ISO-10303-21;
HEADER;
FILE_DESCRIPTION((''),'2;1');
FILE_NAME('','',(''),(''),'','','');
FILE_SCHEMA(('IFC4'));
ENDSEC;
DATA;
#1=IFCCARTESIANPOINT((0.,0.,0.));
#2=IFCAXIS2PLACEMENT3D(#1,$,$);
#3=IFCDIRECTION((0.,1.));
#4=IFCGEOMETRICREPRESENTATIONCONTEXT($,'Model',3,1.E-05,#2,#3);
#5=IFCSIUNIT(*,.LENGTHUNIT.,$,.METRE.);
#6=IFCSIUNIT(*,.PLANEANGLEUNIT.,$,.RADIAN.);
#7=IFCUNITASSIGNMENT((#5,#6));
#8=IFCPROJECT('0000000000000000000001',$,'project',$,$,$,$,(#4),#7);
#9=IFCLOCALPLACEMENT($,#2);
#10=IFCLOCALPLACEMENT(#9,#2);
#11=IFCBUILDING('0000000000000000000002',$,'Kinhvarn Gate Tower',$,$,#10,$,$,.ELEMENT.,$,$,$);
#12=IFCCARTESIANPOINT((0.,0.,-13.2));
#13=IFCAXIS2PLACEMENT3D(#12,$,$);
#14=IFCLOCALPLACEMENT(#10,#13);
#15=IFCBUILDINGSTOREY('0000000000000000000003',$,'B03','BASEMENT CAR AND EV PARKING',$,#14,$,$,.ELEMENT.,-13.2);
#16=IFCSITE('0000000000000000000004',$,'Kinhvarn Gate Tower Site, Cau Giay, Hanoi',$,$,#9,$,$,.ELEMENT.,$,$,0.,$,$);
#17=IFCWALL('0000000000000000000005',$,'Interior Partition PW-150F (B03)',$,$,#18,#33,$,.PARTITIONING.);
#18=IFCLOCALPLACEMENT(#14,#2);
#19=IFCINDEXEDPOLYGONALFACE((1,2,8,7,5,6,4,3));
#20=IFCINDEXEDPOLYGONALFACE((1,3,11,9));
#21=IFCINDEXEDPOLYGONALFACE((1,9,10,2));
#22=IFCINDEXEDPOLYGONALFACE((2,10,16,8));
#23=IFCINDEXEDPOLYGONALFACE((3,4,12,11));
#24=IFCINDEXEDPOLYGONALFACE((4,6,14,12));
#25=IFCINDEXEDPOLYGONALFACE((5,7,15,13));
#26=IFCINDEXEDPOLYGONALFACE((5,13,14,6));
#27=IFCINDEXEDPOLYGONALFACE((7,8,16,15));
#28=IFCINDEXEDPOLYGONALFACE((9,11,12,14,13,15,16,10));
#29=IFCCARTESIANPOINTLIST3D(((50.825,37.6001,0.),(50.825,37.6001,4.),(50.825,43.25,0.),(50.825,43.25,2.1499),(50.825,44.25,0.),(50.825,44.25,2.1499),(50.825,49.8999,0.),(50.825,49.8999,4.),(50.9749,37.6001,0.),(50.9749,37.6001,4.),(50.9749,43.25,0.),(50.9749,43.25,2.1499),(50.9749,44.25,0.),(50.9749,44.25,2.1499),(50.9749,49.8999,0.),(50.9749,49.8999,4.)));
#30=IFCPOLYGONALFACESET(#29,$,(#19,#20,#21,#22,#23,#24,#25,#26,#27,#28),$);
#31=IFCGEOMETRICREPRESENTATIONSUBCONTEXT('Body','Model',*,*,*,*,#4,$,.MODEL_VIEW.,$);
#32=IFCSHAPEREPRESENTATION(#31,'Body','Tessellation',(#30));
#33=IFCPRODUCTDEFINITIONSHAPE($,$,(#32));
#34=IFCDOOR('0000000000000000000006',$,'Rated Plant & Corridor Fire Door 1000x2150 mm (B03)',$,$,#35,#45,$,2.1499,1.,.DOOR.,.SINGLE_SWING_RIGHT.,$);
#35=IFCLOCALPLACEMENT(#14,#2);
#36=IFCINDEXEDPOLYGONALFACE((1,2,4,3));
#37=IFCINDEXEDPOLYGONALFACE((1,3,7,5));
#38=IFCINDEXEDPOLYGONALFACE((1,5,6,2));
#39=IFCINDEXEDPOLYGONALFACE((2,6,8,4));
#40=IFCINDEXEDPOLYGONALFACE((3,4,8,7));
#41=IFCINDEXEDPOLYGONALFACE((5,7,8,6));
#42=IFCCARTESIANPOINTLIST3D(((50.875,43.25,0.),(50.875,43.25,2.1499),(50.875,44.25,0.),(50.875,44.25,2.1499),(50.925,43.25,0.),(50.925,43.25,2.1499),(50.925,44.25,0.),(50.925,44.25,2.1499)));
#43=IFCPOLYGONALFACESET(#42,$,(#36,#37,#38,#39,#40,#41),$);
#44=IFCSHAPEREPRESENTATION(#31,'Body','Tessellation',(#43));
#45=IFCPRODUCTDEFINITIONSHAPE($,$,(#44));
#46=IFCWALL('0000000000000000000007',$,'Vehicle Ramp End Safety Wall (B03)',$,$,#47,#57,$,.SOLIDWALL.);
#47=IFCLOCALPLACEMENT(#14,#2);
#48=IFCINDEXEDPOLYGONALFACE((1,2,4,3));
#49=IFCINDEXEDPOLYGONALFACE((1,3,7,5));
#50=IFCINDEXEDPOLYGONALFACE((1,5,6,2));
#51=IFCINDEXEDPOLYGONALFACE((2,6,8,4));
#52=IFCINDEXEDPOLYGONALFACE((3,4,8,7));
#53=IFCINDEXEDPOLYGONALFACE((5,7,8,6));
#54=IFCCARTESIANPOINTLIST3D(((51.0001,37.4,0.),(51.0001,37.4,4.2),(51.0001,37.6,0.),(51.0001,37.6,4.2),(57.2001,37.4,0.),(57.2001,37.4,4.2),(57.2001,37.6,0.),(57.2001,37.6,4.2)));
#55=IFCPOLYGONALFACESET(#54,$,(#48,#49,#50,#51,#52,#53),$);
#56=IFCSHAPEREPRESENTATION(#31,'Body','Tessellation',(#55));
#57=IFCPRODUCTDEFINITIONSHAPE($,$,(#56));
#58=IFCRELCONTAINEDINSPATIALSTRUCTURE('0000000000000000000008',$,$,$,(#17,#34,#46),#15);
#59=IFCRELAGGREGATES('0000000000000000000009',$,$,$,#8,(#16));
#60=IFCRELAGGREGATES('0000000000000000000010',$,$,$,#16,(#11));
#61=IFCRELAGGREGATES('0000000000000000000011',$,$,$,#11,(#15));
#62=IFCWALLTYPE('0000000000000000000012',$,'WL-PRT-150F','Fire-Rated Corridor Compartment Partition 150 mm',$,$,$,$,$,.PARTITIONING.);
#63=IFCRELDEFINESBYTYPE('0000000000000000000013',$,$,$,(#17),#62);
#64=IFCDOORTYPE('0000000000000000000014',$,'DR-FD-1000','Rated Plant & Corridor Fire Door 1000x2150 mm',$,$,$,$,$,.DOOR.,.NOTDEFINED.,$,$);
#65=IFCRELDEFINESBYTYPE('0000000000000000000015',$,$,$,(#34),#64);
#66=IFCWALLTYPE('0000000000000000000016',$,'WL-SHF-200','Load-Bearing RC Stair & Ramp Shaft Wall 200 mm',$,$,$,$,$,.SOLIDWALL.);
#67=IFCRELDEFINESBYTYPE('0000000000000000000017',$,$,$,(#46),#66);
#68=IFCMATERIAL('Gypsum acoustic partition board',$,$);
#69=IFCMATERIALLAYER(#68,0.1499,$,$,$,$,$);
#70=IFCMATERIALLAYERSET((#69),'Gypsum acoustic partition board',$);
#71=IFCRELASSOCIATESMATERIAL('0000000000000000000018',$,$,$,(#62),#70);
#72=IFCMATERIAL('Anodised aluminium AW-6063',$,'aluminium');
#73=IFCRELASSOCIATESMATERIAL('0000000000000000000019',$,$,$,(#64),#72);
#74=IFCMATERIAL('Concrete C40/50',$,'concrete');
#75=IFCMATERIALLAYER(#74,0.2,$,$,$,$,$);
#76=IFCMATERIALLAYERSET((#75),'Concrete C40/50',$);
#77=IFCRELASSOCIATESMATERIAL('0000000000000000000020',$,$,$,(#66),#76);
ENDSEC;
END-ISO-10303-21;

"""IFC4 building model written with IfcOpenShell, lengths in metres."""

from ifc_helpers import new_model, si_unit, direction, frame, frame_2d, origin, place, context, subcontext, project, spatial, rectangle, extrude, material, layer, layer_set, type_object, element, fill, save


model = new_model("IFC4")

# Units and contexts
model_context = context("Model", 3, precision=1e-05, world=origin(), true_north=direction((0.0, 1.0)))
body_context = subcontext(model_context, "Body", "Model", "MODEL_VIEW")
ifc_project = project(units=[si_unit("LENGTHUNIT", "METRE"), si_unit("PLANEANGLEUNIT", "RADIAN")], contexts=[model_context])

# Site, building, storey
site_placement = place(None, origin())
site = spatial("IfcSite", under=ifc_project, at=site_placement, Name="Kinhvarn Gate Tower Site, Cau Giay, Hanoi", CompositionType="ELEMENT", RefElevation=0.0)
building_placement = place(site_placement, origin())
building = spatial("IfcBuilding", under=site, at=building_placement, Name="Kinhvarn Gate Tower", CompositionType="ELEMENT")
storey_placement = place(building_placement, frame((0.0, 0.0, -13.2)))
storey = spatial("IfcBuildingStorey", under=building, at=storey_placement, Name="B03", Description="BASEMENT CAR AND EV PARKING", CompositionType="ELEMENT", Elevation=-13.2)

# Shared definitions
ifc_material_1 = material(Name="Concrete C40/50", Category="concrete")

# Wall, opening, door
ifc_material_2 = material(Name="Gypsum acoustic partition board")
ifc_layer_1 = layer(ifc_material_2, 0.1499)
ifc_layer_set_1 = layer_set([ifc_layer_1], Name="Gypsum acoustic partition board")
wall_type_1 = type_object("IfcWallType", Name="WL-PRT-150F", Description="Fire-Rated Corridor Compartment Partition 150 mm", PredefinedType="PARTITIONING", material=ifc_layer_set_1)
wall_1_placement = place(storey_placement, frame((50.8999, 37.6001, 0.0), z_axis=(0.0, 0.0, 1.0), x_axis=(0.0, 1.0, 0.0)))
wall_1 = element("IfcWall", 1, at=wall_1_placement, inside=storey, type_object=wall_type_1, Name="Interior Partition PW-150F (B03)", PredefinedType="PARTITIONING", context=body_context, shape_type="SweptSolid", body=[
    extrude(rectangle(XDim=12.2998, YDim=0.1499, at=frame_2d((6.1499, 0.0))), origin(), (0.0, 0.0, 1.0), 4.0),
])
opening_placement = place(wall_1_placement, frame((5.6499, 0.0, 0.0)))
opening = element("IfcOpeningElement", 2, at=opening_placement, cuts=wall_1, PredefinedType="OPENING", context=body_context, shape_type="SweptSolid", body=[
    extrude(rectangle(XDim=1.0, YDim=2.1499, at=frame_2d((0.5, 1.075))), frame((0.0, 0.085, 0.0), z_axis=(0.0, -1.0, 0.0), x_axis=(1.0, 0.0, 0.0)), (0.0, 0.0, 1.0), 0.1699),
])
ifc_material_3 = material(Name="Anodised aluminium AW-6063", Category="aluminium")
door_type = type_object("IfcDoorType", Name="DR-FD-1000", Description="Rated Plant & Corridor Fire Door 1000x2150 mm", OperationType="NOTDEFINED", PredefinedType="DOOR", material=ifc_material_3)
door_placement = place(opening_placement, origin())
door = element("IfcDoor", 3, at=door_placement, inside=storey, type_object=door_type, Name="Rated Plant & Corridor Fire Door 1000x2150 mm (B03)", OperationType="SINGLE_SWING_RIGHT", OverallHeight=2.1499, OverallWidth=1.0, PredefinedType="DOOR", context=body_context, shape_type="SweptSolid", body=[
    extrude(rectangle(XDim=1.0, YDim=2.1499, at=frame_2d((0.5, 1.075))), frame((0.0, 0.0249, 0.0), z_axis=(0.0, -1.0, 0.0), x_axis=(1.0, 0.0, 0.0)), (0.0, 0.0, 1.0), 0.05),
])
fill(opening, door)

# Wall
ifc_layer_2 = layer(ifc_material_1, 0.2)
ifc_layer_set_2 = layer_set([ifc_layer_2], Name="Concrete C40/50")
wall_type_2 = type_object("IfcWallType", Name="WL-SHF-200", Description="Load-Bearing RC Stair & Ramp Shaft Wall 200 mm", PredefinedType="SOLIDWALL", material=ifc_layer_set_2)
wall_2_placement = place(storey_placement, frame((51.0, 37.5, 0.0), z_axis=(0.0, 0.0, 1.0), x_axis=(1.0, 0.0, 0.0)))
element("IfcWall", 4, at=wall_2_placement, inside=storey, type_object=wall_type_2, Name="Vehicle Ramp End Safety Wall (B03)", PredefinedType="SOLIDWALL", context=body_context, shape_type="SweptSolid", body=[
    extrude(rectangle(XDim=6.2, YDim=0.2, at=frame_2d((3.1001, 0.0))), origin(), (0.0, 0.0, 1.0), 4.2),
])

save(model, "model.ifc")
